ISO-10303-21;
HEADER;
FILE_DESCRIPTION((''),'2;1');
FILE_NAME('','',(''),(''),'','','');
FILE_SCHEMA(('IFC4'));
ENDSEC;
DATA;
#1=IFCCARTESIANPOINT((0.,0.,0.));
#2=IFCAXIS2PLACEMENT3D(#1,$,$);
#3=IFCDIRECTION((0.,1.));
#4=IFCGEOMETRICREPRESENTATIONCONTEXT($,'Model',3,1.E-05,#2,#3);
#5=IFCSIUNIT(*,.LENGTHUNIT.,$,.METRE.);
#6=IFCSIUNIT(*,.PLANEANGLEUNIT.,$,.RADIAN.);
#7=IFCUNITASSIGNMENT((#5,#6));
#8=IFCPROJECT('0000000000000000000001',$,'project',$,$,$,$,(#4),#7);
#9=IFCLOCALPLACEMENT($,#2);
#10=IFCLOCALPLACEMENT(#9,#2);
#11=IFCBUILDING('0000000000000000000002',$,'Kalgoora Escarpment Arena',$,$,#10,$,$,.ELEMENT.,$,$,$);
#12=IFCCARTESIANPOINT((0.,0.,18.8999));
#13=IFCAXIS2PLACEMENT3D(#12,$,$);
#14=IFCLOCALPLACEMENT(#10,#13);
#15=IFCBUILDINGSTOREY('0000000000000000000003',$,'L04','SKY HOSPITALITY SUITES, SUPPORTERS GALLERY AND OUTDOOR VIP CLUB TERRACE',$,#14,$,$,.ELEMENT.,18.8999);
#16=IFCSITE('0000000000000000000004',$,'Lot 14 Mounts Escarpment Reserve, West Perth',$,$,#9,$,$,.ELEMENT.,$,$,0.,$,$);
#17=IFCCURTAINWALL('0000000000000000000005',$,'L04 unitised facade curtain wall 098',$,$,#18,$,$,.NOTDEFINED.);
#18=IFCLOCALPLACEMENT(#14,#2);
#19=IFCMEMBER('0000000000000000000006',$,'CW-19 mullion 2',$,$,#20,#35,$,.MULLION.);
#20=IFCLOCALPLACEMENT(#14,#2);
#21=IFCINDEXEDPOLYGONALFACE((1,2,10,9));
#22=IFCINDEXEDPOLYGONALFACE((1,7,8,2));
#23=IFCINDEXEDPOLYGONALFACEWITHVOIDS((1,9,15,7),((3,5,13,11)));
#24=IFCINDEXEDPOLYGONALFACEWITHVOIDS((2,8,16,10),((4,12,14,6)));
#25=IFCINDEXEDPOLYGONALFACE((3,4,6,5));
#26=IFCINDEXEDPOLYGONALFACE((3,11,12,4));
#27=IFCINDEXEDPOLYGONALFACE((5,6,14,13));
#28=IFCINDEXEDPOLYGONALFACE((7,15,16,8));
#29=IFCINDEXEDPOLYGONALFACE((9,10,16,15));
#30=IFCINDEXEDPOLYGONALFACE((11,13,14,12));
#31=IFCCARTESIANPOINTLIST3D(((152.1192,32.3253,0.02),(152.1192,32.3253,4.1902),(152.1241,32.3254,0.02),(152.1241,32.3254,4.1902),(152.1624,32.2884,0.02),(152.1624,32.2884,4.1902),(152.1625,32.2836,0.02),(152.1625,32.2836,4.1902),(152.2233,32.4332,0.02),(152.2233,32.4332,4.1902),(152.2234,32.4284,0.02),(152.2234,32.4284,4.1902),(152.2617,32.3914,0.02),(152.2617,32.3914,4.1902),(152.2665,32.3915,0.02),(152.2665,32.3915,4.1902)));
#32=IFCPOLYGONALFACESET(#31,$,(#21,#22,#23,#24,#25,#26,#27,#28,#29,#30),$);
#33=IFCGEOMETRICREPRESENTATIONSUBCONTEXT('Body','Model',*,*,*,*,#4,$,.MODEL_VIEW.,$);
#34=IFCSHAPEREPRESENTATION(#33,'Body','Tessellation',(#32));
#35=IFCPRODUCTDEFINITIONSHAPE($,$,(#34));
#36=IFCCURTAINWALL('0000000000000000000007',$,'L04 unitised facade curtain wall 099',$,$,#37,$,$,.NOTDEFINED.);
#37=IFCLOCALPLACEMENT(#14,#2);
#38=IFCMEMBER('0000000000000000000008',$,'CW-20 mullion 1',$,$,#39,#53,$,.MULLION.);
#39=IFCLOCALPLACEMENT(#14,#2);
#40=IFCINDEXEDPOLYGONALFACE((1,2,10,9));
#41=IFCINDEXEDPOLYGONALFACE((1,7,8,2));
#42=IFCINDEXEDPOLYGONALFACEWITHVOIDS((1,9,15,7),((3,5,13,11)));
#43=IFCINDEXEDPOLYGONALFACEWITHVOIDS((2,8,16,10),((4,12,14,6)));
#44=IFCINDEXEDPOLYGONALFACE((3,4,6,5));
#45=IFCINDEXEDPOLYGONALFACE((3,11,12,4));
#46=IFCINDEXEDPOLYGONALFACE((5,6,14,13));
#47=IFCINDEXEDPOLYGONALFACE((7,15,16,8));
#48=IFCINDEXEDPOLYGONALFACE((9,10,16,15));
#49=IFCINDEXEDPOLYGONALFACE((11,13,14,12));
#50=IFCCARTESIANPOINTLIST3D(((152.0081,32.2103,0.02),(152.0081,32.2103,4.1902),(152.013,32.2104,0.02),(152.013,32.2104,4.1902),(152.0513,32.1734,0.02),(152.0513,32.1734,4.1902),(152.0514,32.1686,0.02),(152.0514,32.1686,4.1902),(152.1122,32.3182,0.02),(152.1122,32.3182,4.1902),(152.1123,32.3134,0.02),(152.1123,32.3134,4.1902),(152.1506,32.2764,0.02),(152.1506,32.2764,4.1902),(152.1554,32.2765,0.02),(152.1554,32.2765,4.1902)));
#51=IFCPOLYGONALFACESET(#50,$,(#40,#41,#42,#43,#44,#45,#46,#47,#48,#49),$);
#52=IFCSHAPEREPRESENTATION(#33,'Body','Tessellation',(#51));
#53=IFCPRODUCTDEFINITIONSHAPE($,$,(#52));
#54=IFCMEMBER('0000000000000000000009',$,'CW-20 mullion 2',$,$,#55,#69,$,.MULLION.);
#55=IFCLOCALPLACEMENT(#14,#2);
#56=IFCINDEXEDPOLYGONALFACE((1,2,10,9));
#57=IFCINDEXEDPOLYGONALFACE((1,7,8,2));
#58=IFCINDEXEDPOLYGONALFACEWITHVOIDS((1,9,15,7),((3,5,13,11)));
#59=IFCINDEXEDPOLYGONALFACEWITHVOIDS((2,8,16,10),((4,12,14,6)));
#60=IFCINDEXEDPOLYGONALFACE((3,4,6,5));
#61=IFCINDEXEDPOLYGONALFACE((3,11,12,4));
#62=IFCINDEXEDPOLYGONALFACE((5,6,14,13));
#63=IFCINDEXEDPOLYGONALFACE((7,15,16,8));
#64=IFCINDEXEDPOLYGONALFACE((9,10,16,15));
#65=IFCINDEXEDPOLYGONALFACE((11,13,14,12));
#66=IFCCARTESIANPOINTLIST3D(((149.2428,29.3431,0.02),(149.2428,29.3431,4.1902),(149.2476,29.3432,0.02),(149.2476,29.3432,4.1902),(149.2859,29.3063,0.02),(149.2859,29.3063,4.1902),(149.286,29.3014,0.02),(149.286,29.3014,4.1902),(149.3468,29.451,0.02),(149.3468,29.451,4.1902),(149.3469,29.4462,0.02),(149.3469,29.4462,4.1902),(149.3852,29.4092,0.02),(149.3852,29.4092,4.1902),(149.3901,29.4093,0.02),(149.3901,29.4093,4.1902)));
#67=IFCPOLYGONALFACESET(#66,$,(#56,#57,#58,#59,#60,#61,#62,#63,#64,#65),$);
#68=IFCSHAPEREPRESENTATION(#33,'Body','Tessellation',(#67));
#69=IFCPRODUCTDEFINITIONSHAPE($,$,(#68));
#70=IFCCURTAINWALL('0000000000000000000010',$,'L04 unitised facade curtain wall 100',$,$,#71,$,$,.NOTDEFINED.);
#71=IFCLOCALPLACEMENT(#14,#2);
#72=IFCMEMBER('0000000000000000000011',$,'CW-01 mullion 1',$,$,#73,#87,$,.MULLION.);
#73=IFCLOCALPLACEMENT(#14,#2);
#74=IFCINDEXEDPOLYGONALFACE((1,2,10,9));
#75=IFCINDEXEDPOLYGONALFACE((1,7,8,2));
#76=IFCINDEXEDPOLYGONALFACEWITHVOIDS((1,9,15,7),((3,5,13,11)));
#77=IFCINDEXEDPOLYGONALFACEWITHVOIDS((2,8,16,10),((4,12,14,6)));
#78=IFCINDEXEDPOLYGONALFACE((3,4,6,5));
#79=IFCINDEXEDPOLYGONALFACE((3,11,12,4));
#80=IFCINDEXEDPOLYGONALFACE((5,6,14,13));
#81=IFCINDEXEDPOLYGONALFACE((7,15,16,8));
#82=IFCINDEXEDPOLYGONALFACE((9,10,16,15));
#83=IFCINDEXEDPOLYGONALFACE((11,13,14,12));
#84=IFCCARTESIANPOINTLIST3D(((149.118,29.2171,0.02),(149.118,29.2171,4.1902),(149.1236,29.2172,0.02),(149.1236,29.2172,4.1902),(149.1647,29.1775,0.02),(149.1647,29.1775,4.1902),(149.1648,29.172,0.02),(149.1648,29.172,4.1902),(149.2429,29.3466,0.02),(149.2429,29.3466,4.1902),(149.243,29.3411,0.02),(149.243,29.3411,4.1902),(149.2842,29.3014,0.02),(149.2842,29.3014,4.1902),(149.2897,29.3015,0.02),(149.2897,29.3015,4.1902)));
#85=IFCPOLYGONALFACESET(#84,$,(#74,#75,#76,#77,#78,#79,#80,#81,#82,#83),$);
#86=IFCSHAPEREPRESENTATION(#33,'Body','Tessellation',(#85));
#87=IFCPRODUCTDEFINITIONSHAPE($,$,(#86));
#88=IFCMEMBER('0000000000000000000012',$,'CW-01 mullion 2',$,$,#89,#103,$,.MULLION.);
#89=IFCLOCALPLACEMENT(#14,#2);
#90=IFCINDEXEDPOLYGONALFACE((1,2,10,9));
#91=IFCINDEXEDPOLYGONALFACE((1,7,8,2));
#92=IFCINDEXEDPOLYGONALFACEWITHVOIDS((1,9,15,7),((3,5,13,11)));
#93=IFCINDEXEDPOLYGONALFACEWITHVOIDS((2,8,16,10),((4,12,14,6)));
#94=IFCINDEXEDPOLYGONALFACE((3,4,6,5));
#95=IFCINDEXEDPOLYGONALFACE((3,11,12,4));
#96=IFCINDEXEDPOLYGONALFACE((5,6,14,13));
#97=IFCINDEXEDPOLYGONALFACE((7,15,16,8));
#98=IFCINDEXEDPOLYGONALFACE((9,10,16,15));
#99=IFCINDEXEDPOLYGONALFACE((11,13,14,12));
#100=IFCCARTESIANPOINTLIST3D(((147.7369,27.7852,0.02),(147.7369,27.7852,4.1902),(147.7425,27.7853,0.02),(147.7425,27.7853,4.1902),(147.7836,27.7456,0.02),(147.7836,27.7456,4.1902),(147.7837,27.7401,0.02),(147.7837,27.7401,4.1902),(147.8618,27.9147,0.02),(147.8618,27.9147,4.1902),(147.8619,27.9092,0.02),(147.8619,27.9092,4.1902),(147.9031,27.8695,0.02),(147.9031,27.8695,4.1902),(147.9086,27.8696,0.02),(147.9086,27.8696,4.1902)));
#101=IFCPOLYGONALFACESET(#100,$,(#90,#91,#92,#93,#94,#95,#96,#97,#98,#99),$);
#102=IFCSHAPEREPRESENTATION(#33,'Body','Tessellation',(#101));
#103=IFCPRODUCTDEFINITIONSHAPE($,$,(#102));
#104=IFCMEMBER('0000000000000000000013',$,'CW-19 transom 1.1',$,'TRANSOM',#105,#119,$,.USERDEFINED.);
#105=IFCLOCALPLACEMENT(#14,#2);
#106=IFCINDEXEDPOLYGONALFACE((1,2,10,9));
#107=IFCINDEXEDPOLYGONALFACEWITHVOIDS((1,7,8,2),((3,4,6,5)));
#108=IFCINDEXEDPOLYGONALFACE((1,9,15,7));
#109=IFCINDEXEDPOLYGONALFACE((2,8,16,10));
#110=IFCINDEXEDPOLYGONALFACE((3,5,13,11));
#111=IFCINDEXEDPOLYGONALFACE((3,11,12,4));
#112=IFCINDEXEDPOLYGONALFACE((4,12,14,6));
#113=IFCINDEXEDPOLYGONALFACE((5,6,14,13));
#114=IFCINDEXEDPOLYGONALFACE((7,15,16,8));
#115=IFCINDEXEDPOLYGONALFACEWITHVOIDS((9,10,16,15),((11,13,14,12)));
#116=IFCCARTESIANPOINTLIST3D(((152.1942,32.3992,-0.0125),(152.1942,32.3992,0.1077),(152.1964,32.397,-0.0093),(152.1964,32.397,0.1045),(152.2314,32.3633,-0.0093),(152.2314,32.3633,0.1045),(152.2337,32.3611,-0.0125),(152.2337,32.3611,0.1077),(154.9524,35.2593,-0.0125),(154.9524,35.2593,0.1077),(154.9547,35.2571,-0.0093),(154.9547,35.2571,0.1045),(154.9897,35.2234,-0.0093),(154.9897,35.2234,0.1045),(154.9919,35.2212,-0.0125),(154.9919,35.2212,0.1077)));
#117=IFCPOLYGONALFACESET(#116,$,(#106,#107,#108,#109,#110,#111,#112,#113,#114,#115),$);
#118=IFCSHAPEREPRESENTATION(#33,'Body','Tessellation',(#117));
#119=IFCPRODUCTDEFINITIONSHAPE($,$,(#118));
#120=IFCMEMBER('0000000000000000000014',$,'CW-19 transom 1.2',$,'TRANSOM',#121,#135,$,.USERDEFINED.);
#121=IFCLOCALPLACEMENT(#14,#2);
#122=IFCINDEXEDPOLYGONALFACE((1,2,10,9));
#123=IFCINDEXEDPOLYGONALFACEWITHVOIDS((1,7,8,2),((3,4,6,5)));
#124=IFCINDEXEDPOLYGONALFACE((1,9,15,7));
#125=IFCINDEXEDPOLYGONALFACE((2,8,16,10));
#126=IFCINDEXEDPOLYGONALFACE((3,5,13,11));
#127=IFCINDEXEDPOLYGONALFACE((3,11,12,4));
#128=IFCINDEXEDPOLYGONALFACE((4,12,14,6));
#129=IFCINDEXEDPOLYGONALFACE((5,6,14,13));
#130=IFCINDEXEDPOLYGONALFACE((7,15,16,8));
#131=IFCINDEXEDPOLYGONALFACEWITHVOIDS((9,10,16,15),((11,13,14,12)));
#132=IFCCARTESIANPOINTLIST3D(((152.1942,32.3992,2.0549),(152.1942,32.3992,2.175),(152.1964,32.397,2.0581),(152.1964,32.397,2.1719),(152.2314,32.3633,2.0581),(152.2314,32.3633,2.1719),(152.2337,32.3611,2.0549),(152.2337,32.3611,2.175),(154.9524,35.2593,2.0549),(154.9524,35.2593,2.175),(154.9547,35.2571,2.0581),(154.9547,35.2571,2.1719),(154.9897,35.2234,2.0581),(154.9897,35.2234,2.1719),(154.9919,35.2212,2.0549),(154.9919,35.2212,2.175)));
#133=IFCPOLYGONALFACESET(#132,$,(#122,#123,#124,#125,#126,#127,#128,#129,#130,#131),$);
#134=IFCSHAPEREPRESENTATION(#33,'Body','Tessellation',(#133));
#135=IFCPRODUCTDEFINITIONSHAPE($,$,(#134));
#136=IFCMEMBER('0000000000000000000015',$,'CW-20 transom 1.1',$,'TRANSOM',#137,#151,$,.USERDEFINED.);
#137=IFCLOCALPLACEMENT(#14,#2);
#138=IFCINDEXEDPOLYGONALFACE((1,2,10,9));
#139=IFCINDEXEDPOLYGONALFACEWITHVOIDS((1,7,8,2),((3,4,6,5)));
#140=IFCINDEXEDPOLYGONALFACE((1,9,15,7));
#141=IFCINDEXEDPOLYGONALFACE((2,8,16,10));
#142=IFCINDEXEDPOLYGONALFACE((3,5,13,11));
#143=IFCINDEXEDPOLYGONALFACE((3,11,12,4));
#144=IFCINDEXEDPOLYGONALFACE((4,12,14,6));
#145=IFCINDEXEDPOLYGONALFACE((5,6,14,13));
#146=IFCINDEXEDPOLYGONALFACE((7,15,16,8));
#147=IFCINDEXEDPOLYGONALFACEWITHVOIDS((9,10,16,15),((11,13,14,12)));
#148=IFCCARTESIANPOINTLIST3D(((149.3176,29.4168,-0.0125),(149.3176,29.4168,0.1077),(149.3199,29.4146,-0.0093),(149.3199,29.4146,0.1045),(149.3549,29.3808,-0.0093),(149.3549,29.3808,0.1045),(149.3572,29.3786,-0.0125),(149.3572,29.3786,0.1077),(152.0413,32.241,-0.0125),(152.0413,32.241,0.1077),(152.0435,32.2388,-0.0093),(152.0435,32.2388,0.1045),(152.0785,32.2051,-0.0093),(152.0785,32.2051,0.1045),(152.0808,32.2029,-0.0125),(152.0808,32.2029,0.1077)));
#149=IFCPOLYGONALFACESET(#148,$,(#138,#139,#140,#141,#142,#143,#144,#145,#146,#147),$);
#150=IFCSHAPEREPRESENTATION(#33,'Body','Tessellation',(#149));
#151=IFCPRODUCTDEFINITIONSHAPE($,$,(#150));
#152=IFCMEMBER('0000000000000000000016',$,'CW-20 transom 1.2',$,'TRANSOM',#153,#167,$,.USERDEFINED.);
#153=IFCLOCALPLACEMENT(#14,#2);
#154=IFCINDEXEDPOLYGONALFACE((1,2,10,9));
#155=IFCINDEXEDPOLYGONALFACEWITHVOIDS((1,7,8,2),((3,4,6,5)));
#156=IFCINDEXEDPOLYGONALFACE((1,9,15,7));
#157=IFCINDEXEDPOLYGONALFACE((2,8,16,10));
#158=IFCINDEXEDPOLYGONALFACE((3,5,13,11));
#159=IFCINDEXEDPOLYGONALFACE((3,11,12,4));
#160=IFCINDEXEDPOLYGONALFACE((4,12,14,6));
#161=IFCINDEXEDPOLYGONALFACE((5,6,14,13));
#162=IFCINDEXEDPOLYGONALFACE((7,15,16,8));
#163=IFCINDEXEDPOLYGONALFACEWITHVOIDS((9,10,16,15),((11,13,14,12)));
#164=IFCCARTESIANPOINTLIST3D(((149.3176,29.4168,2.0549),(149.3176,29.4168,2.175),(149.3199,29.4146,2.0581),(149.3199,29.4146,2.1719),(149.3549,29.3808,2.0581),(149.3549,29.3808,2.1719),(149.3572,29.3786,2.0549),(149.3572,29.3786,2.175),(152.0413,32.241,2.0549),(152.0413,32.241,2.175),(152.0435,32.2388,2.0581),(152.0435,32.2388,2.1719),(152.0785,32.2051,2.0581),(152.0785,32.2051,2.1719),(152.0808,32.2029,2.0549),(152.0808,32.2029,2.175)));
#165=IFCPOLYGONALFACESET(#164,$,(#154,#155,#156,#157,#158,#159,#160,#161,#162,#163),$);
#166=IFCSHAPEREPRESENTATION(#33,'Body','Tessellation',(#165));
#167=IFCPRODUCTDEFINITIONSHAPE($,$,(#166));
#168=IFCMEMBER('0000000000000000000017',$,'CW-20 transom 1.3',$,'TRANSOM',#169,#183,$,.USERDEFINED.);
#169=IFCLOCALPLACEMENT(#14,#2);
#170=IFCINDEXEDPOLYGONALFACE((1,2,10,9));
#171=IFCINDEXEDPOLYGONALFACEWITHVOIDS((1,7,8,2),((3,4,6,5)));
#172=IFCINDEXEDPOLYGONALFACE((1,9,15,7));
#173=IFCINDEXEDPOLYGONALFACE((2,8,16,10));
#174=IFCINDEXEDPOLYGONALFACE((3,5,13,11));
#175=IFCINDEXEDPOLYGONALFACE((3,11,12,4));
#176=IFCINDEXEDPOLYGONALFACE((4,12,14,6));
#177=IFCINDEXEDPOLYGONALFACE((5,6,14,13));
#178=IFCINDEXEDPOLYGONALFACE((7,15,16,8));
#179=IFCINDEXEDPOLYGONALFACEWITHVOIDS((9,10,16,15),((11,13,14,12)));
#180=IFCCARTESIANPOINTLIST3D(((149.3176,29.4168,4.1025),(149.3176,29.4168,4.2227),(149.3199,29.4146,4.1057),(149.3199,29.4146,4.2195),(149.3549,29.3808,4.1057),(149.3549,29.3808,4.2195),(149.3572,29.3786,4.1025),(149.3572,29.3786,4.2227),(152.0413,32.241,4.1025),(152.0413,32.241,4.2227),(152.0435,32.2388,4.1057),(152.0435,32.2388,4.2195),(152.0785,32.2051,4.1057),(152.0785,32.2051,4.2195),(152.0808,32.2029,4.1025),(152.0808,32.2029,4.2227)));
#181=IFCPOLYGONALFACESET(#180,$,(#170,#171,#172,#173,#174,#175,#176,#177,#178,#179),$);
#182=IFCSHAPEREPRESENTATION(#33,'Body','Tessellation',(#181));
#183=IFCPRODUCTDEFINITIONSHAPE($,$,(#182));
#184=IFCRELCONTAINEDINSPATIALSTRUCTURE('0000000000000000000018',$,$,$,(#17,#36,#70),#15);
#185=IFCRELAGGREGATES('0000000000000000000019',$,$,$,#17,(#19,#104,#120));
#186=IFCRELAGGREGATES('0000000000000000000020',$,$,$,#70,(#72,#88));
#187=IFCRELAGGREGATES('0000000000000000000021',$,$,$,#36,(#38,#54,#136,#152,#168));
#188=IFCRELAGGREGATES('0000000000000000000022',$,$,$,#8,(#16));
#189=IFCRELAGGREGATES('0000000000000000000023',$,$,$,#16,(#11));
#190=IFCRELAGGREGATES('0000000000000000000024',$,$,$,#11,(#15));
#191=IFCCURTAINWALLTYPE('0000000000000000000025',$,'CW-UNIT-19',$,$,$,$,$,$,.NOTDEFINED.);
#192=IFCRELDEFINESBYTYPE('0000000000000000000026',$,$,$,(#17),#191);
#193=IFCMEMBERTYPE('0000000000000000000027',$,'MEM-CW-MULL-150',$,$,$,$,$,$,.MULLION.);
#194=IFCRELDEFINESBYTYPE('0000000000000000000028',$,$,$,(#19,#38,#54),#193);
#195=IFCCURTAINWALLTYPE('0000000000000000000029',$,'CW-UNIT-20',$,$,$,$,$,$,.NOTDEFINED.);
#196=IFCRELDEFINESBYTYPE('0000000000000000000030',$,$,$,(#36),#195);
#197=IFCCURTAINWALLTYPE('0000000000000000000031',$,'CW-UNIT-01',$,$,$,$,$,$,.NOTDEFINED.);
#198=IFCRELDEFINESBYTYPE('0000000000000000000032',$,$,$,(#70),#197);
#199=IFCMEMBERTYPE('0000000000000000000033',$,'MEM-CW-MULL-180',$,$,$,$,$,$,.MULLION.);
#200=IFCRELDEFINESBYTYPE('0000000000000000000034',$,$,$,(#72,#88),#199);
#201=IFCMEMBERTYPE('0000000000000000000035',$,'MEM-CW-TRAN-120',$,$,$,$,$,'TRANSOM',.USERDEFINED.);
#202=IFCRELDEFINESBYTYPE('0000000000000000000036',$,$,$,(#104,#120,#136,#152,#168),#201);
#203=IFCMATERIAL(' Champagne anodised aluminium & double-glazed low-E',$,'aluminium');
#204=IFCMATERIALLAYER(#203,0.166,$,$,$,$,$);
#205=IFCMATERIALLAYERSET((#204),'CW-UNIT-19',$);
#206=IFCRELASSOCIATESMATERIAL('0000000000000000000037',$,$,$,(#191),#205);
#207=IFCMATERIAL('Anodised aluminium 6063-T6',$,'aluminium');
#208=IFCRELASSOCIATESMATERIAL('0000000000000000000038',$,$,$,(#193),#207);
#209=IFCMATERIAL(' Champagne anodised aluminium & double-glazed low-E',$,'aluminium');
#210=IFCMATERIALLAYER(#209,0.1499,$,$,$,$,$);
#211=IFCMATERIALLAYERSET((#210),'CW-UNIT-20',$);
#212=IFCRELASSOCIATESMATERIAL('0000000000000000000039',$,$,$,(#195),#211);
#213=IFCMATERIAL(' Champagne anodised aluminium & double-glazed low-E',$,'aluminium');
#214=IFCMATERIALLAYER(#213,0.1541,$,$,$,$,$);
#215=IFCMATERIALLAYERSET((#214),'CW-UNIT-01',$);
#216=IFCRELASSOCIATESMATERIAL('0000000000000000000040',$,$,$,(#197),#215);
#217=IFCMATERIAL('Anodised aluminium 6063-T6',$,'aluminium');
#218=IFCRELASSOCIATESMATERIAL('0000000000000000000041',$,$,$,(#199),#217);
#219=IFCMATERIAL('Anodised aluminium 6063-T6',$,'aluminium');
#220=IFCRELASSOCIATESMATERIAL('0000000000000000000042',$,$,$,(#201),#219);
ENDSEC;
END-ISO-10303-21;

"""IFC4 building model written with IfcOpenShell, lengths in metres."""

from ifc_helpers import new_model, si_unit, direction, frame, origin, origin_2d, place, context, subcontext, project, spatial, hollow_rectangle, extrude, material, layer, layer_set, material_profile, profile_set, type_object, element, aggregate, save


model = new_model("IFC4")

# Units and contexts
model_context = context("Model", 3, precision=1e-05, world=origin(), true_north=direction((0.0, 1.0)))
body_context = subcontext(model_context, "Body", "Model", "MODEL_VIEW")
ifc_project = project(units=[si_unit("LENGTHUNIT", "METRE"), si_unit("PLANEANGLEUNIT", "RADIAN")], contexts=[model_context])

# Site, building, storey
site_placement = place(None, origin())
site = spatial("IfcSite", under=ifc_project, at=site_placement, Name="Lot 14 Mounts Escarpment Reserve, West Perth", CompositionType="ELEMENT", RefElevation=0.0)
building_placement = place(site_placement, origin())
building = spatial("IfcBuilding", under=site, at=building_placement, Name="Kalgoora Escarpment Arena", CompositionType="ELEMENT")
storey_placement = place(building_placement, frame((0.0, 0.0, 18.8999)))
storey = spatial("IfcBuildingStorey", under=building, at=storey_placement, Name="L04", Description="SKY HOSPITALITY SUITES, SUPPORTERS GALLERY AND OUTDOOR VIP CLUB TERRACE", CompositionType="ELEMENT", Elevation=18.8999)

# Curtain wall, member
ifc_material_1 = material(Name=" Champagne anodised aluminium & double-glazed low-E", Category="aluminium")
ifc_layer_1 = layer(ifc_material_1, 0.166)
ifc_layer_set_1 = layer_set([ifc_layer_1], Name="CW-UNIT-19")
curtain_wall_type_1 = type_object("IfcCurtainWallType", Name="CW-UNIT-19", PredefinedType="NOTDEFINED", material=ifc_layer_set_1)
curtain_wall_1_placement = place(storey_placement, origin())
curtain_wall_1 = element("IfcCurtainWall", 1, at=curtain_wall_1_placement, inside=storey, type_object=curtain_wall_type_1, Name="L04 unitised facade curtain wall 098", PredefinedType="NOTDEFINED")
ifc_material_2 = material(Name="Anodised aluminium 6063-T6", Category="aluminium")
ifc_material_profile_1 = material_profile(ifc_material_2, hollow_rectangle(XDim=0.0601, YDim=0.1499, WallThickness=0.0034, at=origin_2d()))
ifc_profile_set_1 = profile_set([ifc_material_profile_1], Name="Anodised aluminium 6063-T6")
member_type_1 = type_object("IfcMemberType", Name="MEM-CW-MULL-150", PredefinedType="MULLION", material=ifc_profile_set_1)
member_1_placement = place(storey_placement, frame((152.1929, 32.3584, 0.02), z_axis=(0.0, 0.0, 1.0), x_axis=(0.71978, -0.694202, 0.0)))
member_1 = element("IfcMember", 2, at=member_1_placement, type_object=member_type_1, Name="CW-19 mullion 2", PredefinedType="MULLION", context=body_context, shape_type="SweptSolid", body=[
    extrude(hollow_rectangle(XDim=0.0601, YDim=0.1499, WallThickness=0.0034, at=origin_2d()), origin(), (0.0, 0.0, 1.0), 4.1702),
])

# Curtain walls, members
ifc_material_3 = material(Name=" Champagne anodised aluminium & double-glazed low-E", Category="aluminium")
ifc_layer_2 = layer(ifc_material_3, 0.1499)
ifc_layer_set_2 = layer_set([ifc_layer_2], Name="CW-UNIT-20")
curtain_wall_type_2 = type_object("IfcCurtainWallType", Name="CW-UNIT-20", PredefinedType="NOTDEFINED", material=ifc_layer_set_2)
curtain_wall_2_placement = place(storey_placement, origin())
curtain_wall_2 = element("IfcCurtainWall", 3, at=curtain_wall_2_placement, inside=storey, type_object=curtain_wall_type_2, Name="L04 unitised facade curtain wall 099", PredefinedType="NOTDEFINED")
member_2_placement = place(storey_placement, frame((152.0818, 32.2434, 0.02), z_axis=(0.0, 0.0, 1.0), x_axis=(0.719777, -0.694205, 0.0)))
member_2 = element("IfcMember", 4, at=member_2_placement, type_object=member_type_1, Name="CW-20 mullion 1", PredefinedType="MULLION", context=body_context, shape_type="SweptSolid", body=[
    extrude(hollow_rectangle(XDim=0.0601, YDim=0.1499, WallThickness=0.0034, at=origin_2d()), origin(), (0.0, 0.0, 1.0), 4.1702),
])
member_3_placement = place(storey_placement, frame((149.3164, 29.3762, 0.02), z_axis=(0.0, 0.0, 1.0), x_axis=(0.719777, -0.694205, 0.0)))
member_3 = element("IfcMember", 5, at=member_3_placement, type_object=member_type_1, Name="CW-20 mullion 2", PredefinedType="MULLION", context=body_context, shape_type="SweptSolid", body=[
    extrude(hollow_rectangle(XDim=0.0601, YDim=0.1499, WallThickness=0.0034, at=origin_2d()), origin(), (0.0, 0.0, 1.0), 4.1702),
])
ifc_material_4 = material(Name=" Champagne anodised aluminium & double-glazed low-E", Category="aluminium")
ifc_layer_3 = layer(ifc_material_4, 0.1541)
ifc_layer_set_3 = layer_set([ifc_layer_3], Name="CW-UNIT-01")
curtain_wall_type_3 = type_object("IfcCurtainWallType", Name="CW-UNIT-01", PredefinedType="NOTDEFINED", material=ifc_layer_set_3)
curtain_wall_3_placement = place(storey_placement, origin())
curtain_wall_3 = element("IfcCurtainWall", 6, at=curtain_wall_3_placement, inside=storey, type_object=curtain_wall_type_3, Name="L04 unitised facade curtain wall 100", PredefinedType="NOTDEFINED")
ifc_material_5 = material(Name="Anodised aluminium 6063-T6", Category="aluminium")
ifc_material_profile_2 = material_profile(ifc_material_5, hollow_rectangle(XDim=0.0649, YDim=0.1799, WallThickness=0.0039, at=origin_2d()))
ifc_profile_set_2 = profile_set([ifc_material_profile_2], Name="Anodised aluminium 6063-T6")
member_type_2 = type_object("IfcMemberType", Name="MEM-CW-MULL-180", PredefinedType="MULLION", material=ifc_profile_set_2)
member_4_placement = place(storey_placement, frame((149.2039, 29.2593, 0.02), z_axis=(0.0, 0.0, 1.0), x_axis=(0.719777, -0.694205, 0.0)))
member_4 = element("IfcMember", 7, at=member_4_placement, type_object=member_type_2, Name="CW-01 mullion 1", PredefinedType="MULLION", context=body_context, shape_type="SweptSolid", body=[
    extrude(hollow_rectangle(XDim=0.0649, YDim=0.1799, WallThickness=0.0039, at=origin_2d()), origin(), (0.0, 0.0, 1.0), 4.1702),
])
member_5_placement = place(storey_placement, frame((147.8228, 27.8274, 0.02), z_axis=(0.0, 0.0, 1.0), x_axis=(0.719777, -0.694205, 0.0)))
member_5 = element("IfcMember", 8, at=member_5_placement, type_object=member_type_2, Name="CW-01 mullion 2", PredefinedType="MULLION", context=body_context, shape_type="SweptSolid", body=[
    extrude(hollow_rectangle(XDim=0.0649, YDim=0.1799, WallThickness=0.0039, at=origin_2d()), origin(), (0.0, 0.0, 1.0), 4.1702),
])

# Members
ifc_material_6 = material(Name="Anodised aluminium 6063-T6", Category="aluminium")
ifc_material_profile_3 = material_profile(ifc_material_6, hollow_rectangle(XDim=0.0549, YDim=0.1201, WallThickness=0.0032, at=origin_2d()))
ifc_profile_set_3 = profile_set([ifc_material_profile_3], Name="Anodised aluminium 6063-T6")
member_type_3 = type_object("IfcMemberType", Name="MEM-CW-TRAN-120", ElementType="TRANSOM", PredefinedType="USERDEFINED", material=ifc_profile_set_3)
member_6_placement = place(storey_placement, frame((154.9722, 35.2402, 0.0476), z_axis=(-0.69418, -0.719802, 0.0), x_axis=(0.719802, -0.69418, 0.0)))
member_6 = element("IfcMember", 9, at=member_6_placement, type_object=member_type_3, Name="CW-19 transom 1.1", ObjectType="TRANSOM", PredefinedType="USERDEFINED", context=body_context, shape_type="SweptSolid", body=[
    extrude(hollow_rectangle(XDim=0.0549, YDim=0.1201, WallThickness=0.0032, at=origin_2d()), origin(), (0.0, 0.0, 1.0), 3.9734),
])
member_7_placement = place(storey_placement, frame((154.9722, 35.2402, 2.115), z_axis=(-0.69418, -0.719802, 0.0), x_axis=(0.719802, -0.69418, 0.0)))
member_7 = element("IfcMember", 10, at=member_7_placement, type_object=member_type_3, Name="CW-19 transom 1.2", ObjectType="TRANSOM", PredefinedType="USERDEFINED", context=body_context, shape_type="SweptSolid", body=[
    extrude(hollow_rectangle(XDim=0.0549, YDim=0.1201, WallThickness=0.0032, at=origin_2d()), origin(), (0.0, 0.0, 1.0), 3.9734),
])
member_8_placement = place(storey_placement, frame((152.061, 32.2219, 0.0476), z_axis=(-0.694172, -0.719809, 0.0), x_axis=(0.719809, -0.694172, 0.0)))
member_8 = element("IfcMember", 11, at=member_8_placement, type_object=member_type_3, Name="CW-20 transom 1.1", ObjectType="TRANSOM", PredefinedType="USERDEFINED", context=body_context, shape_type="SweptSolid", body=[
    extrude(hollow_rectangle(XDim=0.0549, YDim=0.1201, WallThickness=0.0032, at=origin_2d()), origin(), (0.0, 0.0, 1.0), 3.9236),
])
member_9_placement = place(storey_placement, frame((152.061, 32.2219, 2.115), z_axis=(-0.694172, -0.719809, 0.0), x_axis=(0.719809, -0.694172, 0.0)))
member_9 = element("IfcMember", 12, at=member_9_placement, type_object=member_type_3, Name="CW-20 transom 1.2", ObjectType="TRANSOM", PredefinedType="USERDEFINED", context=body_context, shape_type="SweptSolid", body=[
    extrude(hollow_rectangle(XDim=0.0549, YDim=0.1201, WallThickness=0.0032, at=origin_2d()), origin(), (0.0, 0.0, 1.0), 3.9236),
])
member_10_placement = place(storey_placement, frame((152.061, 32.2219, 4.1626), z_axis=(-0.694172, -0.719809, 0.0), x_axis=(0.719809, -0.694172, 0.0)))
member_10 = element("IfcMember", 13, at=member_10_placement, type_object=member_type_3, Name="CW-20 transom 1.3", ObjectType="TRANSOM", PredefinedType="USERDEFINED", context=body_context, shape_type="SweptSolid", body=[
    extrude(hollow_rectangle(XDim=0.0549, YDim=0.1201, WallThickness=0.0032, at=origin_2d()), origin(), (0.0, 0.0, 1.0), 3.9236),
])

aggregate(curtain_wall_1, [member_1, member_6, member_7])
aggregate(curtain_wall_3, [member_4, member_5])
aggregate(curtain_wall_2, [member_2, member_3, member_8, member_9, member_10])

save(model, "model.ifc")
